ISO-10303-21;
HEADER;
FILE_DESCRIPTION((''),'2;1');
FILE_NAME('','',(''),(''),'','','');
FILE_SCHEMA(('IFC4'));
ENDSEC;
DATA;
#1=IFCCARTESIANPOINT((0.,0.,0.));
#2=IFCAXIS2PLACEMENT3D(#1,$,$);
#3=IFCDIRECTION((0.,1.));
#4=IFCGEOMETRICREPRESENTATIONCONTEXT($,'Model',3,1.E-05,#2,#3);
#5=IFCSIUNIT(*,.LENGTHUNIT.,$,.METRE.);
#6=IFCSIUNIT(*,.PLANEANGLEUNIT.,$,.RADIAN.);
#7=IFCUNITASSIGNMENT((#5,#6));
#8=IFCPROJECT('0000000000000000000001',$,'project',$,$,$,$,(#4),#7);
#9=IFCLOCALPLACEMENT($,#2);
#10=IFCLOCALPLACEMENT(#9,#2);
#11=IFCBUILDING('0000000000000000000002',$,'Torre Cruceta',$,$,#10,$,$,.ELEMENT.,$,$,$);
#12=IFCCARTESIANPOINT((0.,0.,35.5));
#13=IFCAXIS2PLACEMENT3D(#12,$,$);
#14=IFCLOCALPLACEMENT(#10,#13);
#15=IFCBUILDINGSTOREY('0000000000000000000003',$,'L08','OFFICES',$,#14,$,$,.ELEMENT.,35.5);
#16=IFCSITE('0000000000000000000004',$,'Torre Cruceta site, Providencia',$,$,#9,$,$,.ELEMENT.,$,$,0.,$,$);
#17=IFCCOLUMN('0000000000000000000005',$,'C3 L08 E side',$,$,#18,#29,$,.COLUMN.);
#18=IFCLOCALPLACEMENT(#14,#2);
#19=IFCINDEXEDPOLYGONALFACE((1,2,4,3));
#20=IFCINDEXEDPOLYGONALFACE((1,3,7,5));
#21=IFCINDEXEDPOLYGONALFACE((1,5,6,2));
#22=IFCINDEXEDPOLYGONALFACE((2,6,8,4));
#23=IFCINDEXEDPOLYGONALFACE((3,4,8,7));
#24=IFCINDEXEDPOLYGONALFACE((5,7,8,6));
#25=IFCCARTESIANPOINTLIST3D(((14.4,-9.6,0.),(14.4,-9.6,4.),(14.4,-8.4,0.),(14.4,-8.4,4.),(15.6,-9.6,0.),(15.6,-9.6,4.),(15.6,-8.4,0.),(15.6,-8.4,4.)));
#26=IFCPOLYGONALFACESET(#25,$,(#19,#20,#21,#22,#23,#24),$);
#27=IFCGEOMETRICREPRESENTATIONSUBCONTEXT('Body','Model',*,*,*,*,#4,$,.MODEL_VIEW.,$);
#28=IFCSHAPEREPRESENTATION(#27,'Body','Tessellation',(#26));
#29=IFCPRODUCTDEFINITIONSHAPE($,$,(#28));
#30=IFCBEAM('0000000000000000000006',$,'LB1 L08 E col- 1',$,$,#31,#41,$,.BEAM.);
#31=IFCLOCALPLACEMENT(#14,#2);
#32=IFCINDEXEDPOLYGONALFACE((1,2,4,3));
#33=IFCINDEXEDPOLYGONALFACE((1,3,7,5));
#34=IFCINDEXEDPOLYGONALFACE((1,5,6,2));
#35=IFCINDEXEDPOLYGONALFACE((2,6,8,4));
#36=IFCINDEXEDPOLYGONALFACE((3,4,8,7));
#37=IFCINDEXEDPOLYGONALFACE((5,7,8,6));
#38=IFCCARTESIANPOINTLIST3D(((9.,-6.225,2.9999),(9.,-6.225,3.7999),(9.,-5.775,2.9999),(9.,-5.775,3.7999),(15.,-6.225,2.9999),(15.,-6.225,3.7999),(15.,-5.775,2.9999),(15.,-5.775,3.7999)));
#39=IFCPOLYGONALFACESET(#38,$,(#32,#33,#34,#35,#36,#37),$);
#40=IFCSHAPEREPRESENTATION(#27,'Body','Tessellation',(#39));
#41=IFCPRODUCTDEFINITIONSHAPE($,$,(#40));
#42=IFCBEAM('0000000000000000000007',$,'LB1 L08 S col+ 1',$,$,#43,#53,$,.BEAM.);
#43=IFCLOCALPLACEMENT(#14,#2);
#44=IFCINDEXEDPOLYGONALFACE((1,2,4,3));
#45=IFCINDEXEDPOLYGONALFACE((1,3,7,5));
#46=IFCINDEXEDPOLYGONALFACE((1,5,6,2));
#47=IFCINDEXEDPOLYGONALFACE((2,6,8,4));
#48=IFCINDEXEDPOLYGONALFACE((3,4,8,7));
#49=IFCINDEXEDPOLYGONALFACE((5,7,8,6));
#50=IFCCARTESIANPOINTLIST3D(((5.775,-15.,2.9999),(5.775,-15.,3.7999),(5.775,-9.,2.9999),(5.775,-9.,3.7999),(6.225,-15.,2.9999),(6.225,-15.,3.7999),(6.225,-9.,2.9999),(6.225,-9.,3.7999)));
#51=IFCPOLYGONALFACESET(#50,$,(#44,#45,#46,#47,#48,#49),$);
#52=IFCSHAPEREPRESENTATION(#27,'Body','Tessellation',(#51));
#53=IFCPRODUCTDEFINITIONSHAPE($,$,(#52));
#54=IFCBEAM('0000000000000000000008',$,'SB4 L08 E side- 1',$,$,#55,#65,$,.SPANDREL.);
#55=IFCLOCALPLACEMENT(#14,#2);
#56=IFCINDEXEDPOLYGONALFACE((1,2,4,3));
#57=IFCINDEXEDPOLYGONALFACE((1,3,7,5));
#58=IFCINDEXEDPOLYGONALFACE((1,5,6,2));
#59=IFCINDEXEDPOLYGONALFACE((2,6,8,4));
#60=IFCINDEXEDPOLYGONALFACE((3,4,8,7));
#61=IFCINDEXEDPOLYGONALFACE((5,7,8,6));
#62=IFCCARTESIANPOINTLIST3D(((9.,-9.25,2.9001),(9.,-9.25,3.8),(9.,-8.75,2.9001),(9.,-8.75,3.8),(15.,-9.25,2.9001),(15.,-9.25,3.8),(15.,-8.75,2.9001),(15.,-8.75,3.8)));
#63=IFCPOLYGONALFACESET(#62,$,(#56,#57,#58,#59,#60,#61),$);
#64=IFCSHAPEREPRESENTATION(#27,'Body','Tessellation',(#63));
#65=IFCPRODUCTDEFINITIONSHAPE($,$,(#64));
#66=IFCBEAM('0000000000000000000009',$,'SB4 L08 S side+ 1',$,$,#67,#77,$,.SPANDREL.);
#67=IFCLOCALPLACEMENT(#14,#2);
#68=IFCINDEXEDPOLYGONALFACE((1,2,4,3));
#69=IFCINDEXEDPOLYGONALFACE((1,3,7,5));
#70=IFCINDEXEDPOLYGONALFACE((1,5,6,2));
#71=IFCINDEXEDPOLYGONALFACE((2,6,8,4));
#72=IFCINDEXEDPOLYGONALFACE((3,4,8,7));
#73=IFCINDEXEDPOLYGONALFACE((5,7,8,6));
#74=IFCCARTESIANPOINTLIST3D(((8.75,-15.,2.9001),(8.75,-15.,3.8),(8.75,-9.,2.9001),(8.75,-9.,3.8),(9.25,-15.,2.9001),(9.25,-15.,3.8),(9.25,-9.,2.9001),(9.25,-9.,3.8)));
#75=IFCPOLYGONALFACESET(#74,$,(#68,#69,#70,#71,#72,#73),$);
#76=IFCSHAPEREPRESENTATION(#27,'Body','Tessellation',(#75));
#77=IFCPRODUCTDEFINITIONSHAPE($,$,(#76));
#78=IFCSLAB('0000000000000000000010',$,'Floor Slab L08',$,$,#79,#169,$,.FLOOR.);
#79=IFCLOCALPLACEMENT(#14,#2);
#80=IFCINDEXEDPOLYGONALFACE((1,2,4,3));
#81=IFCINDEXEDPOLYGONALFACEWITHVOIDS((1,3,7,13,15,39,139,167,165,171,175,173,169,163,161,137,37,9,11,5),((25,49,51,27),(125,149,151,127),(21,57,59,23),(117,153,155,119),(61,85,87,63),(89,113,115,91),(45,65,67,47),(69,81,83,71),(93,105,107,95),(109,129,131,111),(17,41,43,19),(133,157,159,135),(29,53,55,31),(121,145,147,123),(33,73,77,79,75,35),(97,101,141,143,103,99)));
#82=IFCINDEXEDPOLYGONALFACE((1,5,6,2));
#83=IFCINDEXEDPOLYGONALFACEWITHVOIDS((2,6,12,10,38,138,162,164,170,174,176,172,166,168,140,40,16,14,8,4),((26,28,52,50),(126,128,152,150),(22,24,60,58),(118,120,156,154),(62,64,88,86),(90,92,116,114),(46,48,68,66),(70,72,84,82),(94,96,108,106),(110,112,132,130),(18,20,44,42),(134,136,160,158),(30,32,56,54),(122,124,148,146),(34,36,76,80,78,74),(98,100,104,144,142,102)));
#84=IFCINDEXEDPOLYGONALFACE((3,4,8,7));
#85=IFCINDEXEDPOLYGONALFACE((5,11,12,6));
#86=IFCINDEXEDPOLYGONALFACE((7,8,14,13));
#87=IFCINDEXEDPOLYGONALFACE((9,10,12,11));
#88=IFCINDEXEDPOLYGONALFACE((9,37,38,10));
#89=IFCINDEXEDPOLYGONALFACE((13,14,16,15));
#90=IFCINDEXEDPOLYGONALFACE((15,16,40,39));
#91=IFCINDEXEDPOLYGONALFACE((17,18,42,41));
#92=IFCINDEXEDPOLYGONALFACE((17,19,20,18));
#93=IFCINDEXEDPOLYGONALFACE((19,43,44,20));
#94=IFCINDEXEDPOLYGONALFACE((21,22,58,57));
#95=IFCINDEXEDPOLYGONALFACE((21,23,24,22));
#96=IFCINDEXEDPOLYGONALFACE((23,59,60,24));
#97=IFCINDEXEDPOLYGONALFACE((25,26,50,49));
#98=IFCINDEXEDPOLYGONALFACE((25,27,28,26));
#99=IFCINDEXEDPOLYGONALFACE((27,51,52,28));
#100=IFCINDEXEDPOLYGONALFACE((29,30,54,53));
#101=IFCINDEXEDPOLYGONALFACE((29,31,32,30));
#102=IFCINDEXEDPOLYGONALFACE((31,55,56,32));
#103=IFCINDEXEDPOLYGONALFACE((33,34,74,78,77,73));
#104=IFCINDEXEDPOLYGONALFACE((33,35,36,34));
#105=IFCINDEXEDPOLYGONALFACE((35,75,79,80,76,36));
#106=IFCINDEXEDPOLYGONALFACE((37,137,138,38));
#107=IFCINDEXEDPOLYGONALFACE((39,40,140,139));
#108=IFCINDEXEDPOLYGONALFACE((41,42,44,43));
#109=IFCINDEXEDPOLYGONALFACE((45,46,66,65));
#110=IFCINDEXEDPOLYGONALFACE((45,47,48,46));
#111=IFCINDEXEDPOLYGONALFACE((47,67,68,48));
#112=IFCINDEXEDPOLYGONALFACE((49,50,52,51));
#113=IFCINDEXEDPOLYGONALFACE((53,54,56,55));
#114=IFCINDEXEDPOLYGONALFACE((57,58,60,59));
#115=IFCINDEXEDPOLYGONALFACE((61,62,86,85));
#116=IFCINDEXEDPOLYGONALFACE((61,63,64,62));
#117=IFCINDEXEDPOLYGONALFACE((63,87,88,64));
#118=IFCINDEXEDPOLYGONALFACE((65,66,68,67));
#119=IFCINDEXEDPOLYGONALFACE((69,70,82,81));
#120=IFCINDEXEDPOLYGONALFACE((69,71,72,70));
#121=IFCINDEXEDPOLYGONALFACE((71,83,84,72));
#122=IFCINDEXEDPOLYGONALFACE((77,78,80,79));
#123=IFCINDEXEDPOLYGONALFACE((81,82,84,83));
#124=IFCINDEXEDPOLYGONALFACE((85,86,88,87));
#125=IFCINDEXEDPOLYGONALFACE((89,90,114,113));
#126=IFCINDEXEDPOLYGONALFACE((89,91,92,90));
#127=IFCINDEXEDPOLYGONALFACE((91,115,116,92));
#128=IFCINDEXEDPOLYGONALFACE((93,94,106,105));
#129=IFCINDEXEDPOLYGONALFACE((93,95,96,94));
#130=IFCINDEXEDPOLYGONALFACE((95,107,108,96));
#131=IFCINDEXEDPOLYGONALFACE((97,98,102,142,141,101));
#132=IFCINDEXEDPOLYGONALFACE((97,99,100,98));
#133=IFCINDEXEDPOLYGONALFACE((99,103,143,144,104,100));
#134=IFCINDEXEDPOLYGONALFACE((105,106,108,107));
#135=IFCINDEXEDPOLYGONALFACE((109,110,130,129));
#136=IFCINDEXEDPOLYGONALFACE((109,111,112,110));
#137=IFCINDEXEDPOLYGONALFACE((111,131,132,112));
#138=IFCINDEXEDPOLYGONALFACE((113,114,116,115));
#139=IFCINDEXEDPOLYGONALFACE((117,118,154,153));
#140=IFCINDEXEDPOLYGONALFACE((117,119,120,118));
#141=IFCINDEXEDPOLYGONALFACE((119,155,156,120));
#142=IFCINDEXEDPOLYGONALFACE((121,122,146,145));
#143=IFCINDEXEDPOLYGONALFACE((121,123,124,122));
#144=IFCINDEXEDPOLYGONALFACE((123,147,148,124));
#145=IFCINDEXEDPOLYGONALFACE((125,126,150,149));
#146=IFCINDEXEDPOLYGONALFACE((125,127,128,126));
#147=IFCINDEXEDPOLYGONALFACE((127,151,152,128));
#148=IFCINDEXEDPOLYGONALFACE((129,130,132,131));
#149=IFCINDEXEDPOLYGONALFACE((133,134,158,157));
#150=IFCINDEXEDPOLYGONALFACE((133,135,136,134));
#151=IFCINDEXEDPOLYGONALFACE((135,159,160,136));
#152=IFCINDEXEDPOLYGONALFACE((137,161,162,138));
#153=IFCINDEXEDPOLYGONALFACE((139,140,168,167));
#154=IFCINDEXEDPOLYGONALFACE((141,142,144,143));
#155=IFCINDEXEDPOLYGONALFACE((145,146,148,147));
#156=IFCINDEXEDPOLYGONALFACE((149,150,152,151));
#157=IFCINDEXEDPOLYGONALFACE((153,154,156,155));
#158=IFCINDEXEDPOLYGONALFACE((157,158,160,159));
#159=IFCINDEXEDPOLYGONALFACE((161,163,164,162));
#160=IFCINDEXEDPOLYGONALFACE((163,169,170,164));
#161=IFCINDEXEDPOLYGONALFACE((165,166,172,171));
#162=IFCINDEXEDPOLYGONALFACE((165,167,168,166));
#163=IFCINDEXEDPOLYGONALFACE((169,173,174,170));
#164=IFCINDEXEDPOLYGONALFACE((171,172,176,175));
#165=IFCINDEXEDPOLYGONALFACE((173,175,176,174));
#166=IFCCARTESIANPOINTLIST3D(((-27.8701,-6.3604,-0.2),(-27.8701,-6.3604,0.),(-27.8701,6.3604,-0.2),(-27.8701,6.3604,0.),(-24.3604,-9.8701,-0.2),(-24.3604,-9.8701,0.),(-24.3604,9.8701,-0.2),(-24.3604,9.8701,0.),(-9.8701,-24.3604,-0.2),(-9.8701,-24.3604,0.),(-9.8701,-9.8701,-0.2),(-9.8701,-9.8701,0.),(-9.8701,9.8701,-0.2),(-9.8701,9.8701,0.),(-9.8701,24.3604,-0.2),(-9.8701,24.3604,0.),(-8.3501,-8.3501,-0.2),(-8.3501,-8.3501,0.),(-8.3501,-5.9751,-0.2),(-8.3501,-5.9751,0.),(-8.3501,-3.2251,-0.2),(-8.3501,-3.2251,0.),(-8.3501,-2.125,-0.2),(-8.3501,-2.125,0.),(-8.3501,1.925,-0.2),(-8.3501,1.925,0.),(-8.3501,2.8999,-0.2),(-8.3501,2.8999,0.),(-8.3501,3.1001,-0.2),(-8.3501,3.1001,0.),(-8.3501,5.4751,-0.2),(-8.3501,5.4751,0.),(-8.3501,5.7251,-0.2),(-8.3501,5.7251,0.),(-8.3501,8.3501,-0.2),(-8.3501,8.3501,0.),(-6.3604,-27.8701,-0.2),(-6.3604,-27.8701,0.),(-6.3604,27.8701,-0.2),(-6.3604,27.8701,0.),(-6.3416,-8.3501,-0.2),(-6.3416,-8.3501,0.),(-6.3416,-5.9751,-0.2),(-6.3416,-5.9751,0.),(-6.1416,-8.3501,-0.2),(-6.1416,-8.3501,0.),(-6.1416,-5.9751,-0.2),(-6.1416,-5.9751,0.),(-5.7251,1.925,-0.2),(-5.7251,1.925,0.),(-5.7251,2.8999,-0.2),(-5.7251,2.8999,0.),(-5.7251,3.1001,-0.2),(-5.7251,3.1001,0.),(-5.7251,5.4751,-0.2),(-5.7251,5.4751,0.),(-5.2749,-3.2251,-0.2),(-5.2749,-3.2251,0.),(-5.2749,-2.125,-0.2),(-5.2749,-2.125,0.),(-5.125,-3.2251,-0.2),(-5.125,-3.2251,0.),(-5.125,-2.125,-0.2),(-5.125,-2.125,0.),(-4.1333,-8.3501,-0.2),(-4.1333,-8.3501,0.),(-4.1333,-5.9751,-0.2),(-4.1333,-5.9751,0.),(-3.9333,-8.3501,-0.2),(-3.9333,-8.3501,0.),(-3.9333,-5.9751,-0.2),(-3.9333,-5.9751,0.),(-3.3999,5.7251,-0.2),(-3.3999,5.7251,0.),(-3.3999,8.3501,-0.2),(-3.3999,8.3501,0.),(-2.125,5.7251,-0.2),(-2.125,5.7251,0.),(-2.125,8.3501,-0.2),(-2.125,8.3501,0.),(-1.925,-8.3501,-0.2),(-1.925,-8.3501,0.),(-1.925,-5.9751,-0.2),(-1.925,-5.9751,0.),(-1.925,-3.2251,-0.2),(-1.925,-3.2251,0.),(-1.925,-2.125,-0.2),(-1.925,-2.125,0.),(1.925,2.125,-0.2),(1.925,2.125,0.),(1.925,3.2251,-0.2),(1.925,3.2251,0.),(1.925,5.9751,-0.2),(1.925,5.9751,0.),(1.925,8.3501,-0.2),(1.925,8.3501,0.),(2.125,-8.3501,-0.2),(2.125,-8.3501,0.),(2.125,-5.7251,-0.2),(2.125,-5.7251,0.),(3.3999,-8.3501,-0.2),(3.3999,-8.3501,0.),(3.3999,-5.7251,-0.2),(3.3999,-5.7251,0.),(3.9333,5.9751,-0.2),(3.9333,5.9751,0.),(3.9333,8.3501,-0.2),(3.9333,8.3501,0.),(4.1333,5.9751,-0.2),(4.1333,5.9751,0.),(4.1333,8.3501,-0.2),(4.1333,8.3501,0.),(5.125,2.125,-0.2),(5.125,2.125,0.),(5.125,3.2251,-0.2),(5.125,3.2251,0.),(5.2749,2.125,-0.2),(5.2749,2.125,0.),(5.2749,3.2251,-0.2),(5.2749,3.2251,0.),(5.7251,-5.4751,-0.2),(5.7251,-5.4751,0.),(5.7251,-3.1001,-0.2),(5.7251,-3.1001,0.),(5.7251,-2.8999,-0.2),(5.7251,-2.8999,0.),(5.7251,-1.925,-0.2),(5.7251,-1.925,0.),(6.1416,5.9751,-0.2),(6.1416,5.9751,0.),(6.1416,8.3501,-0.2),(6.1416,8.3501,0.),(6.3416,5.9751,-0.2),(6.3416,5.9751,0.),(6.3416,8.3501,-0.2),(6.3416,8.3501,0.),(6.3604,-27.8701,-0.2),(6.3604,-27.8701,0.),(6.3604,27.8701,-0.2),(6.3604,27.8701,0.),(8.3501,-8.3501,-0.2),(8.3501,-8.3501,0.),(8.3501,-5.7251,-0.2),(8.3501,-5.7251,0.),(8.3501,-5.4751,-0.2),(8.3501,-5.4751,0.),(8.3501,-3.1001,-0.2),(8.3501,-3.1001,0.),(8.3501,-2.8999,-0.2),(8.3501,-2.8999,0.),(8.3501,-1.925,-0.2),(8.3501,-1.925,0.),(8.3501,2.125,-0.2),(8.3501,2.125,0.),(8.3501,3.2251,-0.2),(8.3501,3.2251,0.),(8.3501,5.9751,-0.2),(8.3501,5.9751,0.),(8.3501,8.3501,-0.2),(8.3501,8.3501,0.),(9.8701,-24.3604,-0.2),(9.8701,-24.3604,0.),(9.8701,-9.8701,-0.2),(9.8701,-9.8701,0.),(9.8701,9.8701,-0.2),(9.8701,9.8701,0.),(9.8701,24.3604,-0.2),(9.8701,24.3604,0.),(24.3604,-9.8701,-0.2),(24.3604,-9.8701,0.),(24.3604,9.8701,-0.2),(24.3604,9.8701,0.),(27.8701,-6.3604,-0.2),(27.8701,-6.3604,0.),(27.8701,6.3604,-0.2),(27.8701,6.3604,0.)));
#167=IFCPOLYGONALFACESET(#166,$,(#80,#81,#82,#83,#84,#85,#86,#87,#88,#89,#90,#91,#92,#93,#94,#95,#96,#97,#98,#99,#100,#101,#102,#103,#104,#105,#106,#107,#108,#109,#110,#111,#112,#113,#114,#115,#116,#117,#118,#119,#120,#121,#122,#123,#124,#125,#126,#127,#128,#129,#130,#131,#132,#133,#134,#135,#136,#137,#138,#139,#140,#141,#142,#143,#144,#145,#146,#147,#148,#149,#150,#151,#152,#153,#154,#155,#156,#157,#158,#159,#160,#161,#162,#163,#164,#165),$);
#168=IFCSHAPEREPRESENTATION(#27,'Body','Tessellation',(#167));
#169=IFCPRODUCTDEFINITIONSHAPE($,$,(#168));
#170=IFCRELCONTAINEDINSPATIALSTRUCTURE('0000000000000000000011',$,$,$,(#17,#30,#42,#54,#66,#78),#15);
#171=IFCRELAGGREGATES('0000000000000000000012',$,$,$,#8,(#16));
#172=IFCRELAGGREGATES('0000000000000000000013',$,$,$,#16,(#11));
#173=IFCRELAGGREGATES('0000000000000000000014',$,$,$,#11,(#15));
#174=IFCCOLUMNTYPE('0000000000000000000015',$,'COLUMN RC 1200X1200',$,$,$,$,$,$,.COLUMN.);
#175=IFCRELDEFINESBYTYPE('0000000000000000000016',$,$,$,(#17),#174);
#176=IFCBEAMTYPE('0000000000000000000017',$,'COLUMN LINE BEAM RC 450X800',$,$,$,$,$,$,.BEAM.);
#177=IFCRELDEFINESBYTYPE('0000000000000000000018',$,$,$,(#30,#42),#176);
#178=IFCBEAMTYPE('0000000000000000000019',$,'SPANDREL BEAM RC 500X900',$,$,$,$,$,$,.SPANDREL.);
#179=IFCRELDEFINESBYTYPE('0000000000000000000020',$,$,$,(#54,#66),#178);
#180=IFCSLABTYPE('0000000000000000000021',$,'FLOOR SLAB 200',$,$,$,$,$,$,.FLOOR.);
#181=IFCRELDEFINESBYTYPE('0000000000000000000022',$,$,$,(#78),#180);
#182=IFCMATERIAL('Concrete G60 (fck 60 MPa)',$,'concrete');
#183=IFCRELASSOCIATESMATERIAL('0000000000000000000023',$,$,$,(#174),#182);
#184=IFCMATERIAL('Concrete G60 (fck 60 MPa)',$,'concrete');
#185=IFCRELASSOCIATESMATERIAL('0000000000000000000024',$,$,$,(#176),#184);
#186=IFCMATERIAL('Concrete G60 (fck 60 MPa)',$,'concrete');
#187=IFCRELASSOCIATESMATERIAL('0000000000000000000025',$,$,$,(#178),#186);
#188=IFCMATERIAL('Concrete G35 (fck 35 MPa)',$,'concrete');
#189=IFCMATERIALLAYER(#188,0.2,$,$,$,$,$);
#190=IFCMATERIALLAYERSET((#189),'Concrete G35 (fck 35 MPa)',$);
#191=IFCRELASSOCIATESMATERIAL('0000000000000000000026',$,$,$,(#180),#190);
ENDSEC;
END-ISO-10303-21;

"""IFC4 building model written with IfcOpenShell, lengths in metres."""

from ifc_helpers import new_model, si_unit, direction, frame, origin, origin_2d, place, context, subcontext, project, spatial, polyline, rectangle, outline, extrude, material, layer, layer_set, material_profile, profile_set, type_object, element, save


model = new_model("IFC4")

# Units and contexts
model_context = context("Model", 3, precision=1e-05, world=origin(), true_north=direction((0.0, 1.0)))
body_context = subcontext(model_context, "Body", "Model", "MODEL_VIEW")
ifc_project = project(units=[si_unit("LENGTHUNIT", "METRE"), si_unit("PLANEANGLEUNIT", "RADIAN")], contexts=[model_context])

# Site, building, storey
site_placement = place(None, origin())
site = spatial("IfcSite", under=ifc_project, at=site_placement, Name="Torre Cruceta site, Providencia", CompositionType="ELEMENT", RefElevation=0.0)
building_placement = place(site_placement, origin())
building = spatial("IfcBuilding", under=site, at=building_placement, Name="Torre Cruceta", CompositionType="ELEMENT")
storey_placement = place(building_placement, frame((0.0, 0.0, 35.5)))
storey = spatial("IfcBuildingStorey", under=building, at=storey_placement, Name="L08", Description="OFFICES", CompositionType="ELEMENT", Elevation=35.5)

# Column
ifc_material_1 = material(Name="Concrete G60 (fck 60 MPa)", Category="concrete")
ifc_material_profile_1 = material_profile(ifc_material_1, rectangle(XDim=1.2, YDim=1.2, at=origin_2d()), Name="RC 1200X1200")
ifc_profile_set_1 = profile_set([ifc_material_profile_1], Name="Concrete G60 (fck 60 MPa)")
column_type = type_object("IfcColumnType", Name="COLUMN RC 1200X1200", PredefinedType="COLUMN", material=ifc_profile_set_1)
column_placement = place(storey_placement, frame((15.0, -9.0, 0.0), z_axis=(0.0, 0.0, 1.0), x_axis=(1.0, 0.0, 0.0)))
element("IfcColumn", 1, at=column_placement, inside=storey, type_object=column_type, Name="C3 L08 E side", PredefinedType="COLUMN", context=body_context, shape_type="SweptSolid", body=[
    extrude(rectangle(XDim=1.2, YDim=1.2, at=origin_2d()), origin(), (0.0, 0.0, 1.0), 4.0),
])

# Beams
ifc_material_2 = material(Name="Concrete G60 (fck 60 MPa)", Category="concrete")
ifc_material_profile_2 = material_profile(ifc_material_2, rectangle(XDim=0.45, YDim=0.8, at=origin_2d()), Name="RC 450X800")
ifc_profile_set_2 = profile_set([ifc_material_profile_2], Name="Concrete G60 (fck 60 MPa)")
beam_type_1 = type_object("IfcBeamType", Name="COLUMN LINE BEAM RC 450X800", PredefinedType="BEAM", material=ifc_profile_set_2)
for number, where, z_axis, x_axis, name in (
    (2, (9.0, -6.0, 3.3999), (1.0, 0.0, 0.0), (0.0, 1.0, 0.0), "LB1 L08 E col- 1"),
    (3, (6.0, -9.0, 3.3999), (0.0, -1.0, 0.0), (1.0, 0.0, 0.0), "LB1 L08 S col+ 1"),
):
    element("IfcBeam", number, at=place(storey_placement, frame(where, z_axis=z_axis, x_axis=x_axis)), inside=storey, type_object=beam_type_1, Name=name, PredefinedType="BEAM", context=body_context, shape_type="SweptSolid", body=[
        extrude(rectangle(XDim=0.45, YDim=0.8, at=origin_2d()), origin(), (0.0, 0.0, 1.0), 6.0),
    ])
ifc_material_3 = material(Name="Concrete G60 (fck 60 MPa)", Category="concrete")
ifc_material_profile_3 = material_profile(ifc_material_3, rectangle(XDim=0.5, YDim=0.8999, at=origin_2d()), Name="RC 500X900")
ifc_profile_set_3 = profile_set([ifc_material_profile_3], Name="Concrete G60 (fck 60 MPa)")
beam_type_2 = type_object("IfcBeamType", Name="SPANDREL BEAM RC 500X900", PredefinedType="SPANDREL", material=ifc_profile_set_3)
for number, where, z_axis, x_axis, name in (
    (4, (9.0, -9.0, 3.3501), (1.0, 0.0, 0.0), (0.0, 1.0, 0.0), "SB4 L08 E side- 1"),
    (5, (9.0, -9.0, 3.3501), (0.0, -1.0, 0.0), (1.0, 0.0, 0.0), "SB4 L08 S side+ 1"),
):
    element("IfcBeam", number, at=place(storey_placement, frame(where, z_axis=z_axis, x_axis=x_axis)), inside=storey, type_object=beam_type_2, Name=name, PredefinedType="SPANDREL", context=body_context, shape_type="SweptSolid", body=[
        extrude(rectangle(XDim=0.5, YDim=0.8999, at=origin_2d()), origin(), (0.0, 0.0, 1.0), 6.0),
    ])

# Slab
ifc_material_4 = material(Name="Concrete G35 (fck 35 MPa)", Category="concrete")
ifc_layer_1 = layer(ifc_material_4, 0.2)
ifc_layer_set_1 = layer_set([ifc_layer_1], Name="Concrete G35 (fck 35 MPa)")
slab_type_1 = type_object("IfcSlabType", Name="FLOOR SLAB 200", PredefinedType="FLOOR", material=ifc_layer_set_1)
slab_1_placement = place(storey_placement, frame((0.0, 0.0, -0.2)))
element("IfcSlab", 6, at=slab_1_placement, inside=storey, type_object=slab_type_1, Name="Floor Slab L08", PredefinedType="FLOOR", context=body_context, shape_type="SweptSolid", body=[
    extrude(outline(polyline([(9.8701, -9.8701), (9.8701, -24.3604), (6.3604, -27.8701), (-6.3604, -27.8701), (-9.8701, -24.3604), (-9.8701, -9.8701), (-24.3604, -9.8701), (-27.8701, -6.3604), (-27.8701, 6.3604), (-24.3604, 9.8701), (-9.8701, 9.8701), (-9.8701, 24.3604), (-6.3604, 27.8701), (6.3604, 27.8701), (9.8701, 24.3604), (9.8701, 9.8701), (24.3604, 9.8701), (27.8701, 6.3604), (27.8701, -6.3604), (24.3604, -9.8701), (9.8701, -9.8701)]), holes=[polyline([(1.925, 5.9751), (3.9333, 5.9751), (3.9333, 8.3501), (1.925, 8.3501), (1.925, 5.9751)]), polyline([(4.1333, 5.9751), (6.1416, 5.9751), (6.1416, 8.3501), (4.1333, 8.3501), (4.1333, 5.9751)]), polyline([(6.3416, 5.9751), (8.3501, 5.9751), (8.3501, 8.3501), (6.3416, 8.3501), (6.3416, 5.9751)]), polyline([(1.925, 2.125), (5.125, 2.125), (5.125, 3.2251), (1.925, 3.2251), (1.925, 2.125)]), polyline([(5.2749, 2.125), (8.3501, 2.125), (8.3501, 3.2251), (5.2749, 3.2251), (5.2749, 2.125)]), polyline([(-8.3501, 3.1001), (-5.7251, 3.1001), (-5.7251, 5.4751), (-8.3501, 5.4751), (-8.3501, 3.1001)]), polyline([(-8.3501, 1.925), (-5.7251, 1.925), (-5.7251, 2.8999), (-8.3501, 2.8999), (-8.3501, 1.925)]), polyline([(-3.9333, -8.3501), (-1.925, -8.3501), (-1.925, -5.9751), (-3.9333, -5.9751), (-3.9333, -8.3501)]), polyline([(-6.1416, -8.3501), (-4.1333, -8.3501), (-4.1333, -5.9751), (-6.1416, -5.9751), (-6.1416, -8.3501)]), polyline([(-8.3501, -8.3501), (-6.3416, -8.3501), (-6.3416, -5.9751), (-8.3501, -5.9751), (-8.3501, -8.3501)]), polyline([(-5.125, -3.2251), (-1.925, -3.2251), (-1.925, -2.125), (-5.125, -2.125), (-5.125, -3.2251)]), polyline([(-8.3501, -3.2251), (-5.2749, -3.2251), (-5.2749, -2.125), (-8.3501, -2.125), (-8.3501, -3.2251)]), polyline([(5.7251, -5.4751), (8.3501, -5.4751), (8.3501, -3.1001), (5.7251, -3.1001), (5.7251, -5.4751)]), polyline([(5.7251, -2.8999), (8.3501, -2.8999), (8.3501, -1.925), (5.7251, -1.925), (5.7251, -2.8999)]), polyline([(-8.3501, 5.7251), (-8.3501, 8.3501), (-3.3999, 8.3501), (-2.125, 8.3501), (-2.125, 5.7251), (-3.3999, 5.7251), (-8.3501, 5.7251)]), polyline([(2.125, -5.7251), (3.3999, -5.7251), (8.3501, -5.7251), (8.3501, -8.3501), (3.3999, -8.3501), (2.125, -8.3501), (2.125, -5.7251)])]), origin(), (0.0, 0.0, 1.0), 0.2),
])

save(model, "model.ifc")
